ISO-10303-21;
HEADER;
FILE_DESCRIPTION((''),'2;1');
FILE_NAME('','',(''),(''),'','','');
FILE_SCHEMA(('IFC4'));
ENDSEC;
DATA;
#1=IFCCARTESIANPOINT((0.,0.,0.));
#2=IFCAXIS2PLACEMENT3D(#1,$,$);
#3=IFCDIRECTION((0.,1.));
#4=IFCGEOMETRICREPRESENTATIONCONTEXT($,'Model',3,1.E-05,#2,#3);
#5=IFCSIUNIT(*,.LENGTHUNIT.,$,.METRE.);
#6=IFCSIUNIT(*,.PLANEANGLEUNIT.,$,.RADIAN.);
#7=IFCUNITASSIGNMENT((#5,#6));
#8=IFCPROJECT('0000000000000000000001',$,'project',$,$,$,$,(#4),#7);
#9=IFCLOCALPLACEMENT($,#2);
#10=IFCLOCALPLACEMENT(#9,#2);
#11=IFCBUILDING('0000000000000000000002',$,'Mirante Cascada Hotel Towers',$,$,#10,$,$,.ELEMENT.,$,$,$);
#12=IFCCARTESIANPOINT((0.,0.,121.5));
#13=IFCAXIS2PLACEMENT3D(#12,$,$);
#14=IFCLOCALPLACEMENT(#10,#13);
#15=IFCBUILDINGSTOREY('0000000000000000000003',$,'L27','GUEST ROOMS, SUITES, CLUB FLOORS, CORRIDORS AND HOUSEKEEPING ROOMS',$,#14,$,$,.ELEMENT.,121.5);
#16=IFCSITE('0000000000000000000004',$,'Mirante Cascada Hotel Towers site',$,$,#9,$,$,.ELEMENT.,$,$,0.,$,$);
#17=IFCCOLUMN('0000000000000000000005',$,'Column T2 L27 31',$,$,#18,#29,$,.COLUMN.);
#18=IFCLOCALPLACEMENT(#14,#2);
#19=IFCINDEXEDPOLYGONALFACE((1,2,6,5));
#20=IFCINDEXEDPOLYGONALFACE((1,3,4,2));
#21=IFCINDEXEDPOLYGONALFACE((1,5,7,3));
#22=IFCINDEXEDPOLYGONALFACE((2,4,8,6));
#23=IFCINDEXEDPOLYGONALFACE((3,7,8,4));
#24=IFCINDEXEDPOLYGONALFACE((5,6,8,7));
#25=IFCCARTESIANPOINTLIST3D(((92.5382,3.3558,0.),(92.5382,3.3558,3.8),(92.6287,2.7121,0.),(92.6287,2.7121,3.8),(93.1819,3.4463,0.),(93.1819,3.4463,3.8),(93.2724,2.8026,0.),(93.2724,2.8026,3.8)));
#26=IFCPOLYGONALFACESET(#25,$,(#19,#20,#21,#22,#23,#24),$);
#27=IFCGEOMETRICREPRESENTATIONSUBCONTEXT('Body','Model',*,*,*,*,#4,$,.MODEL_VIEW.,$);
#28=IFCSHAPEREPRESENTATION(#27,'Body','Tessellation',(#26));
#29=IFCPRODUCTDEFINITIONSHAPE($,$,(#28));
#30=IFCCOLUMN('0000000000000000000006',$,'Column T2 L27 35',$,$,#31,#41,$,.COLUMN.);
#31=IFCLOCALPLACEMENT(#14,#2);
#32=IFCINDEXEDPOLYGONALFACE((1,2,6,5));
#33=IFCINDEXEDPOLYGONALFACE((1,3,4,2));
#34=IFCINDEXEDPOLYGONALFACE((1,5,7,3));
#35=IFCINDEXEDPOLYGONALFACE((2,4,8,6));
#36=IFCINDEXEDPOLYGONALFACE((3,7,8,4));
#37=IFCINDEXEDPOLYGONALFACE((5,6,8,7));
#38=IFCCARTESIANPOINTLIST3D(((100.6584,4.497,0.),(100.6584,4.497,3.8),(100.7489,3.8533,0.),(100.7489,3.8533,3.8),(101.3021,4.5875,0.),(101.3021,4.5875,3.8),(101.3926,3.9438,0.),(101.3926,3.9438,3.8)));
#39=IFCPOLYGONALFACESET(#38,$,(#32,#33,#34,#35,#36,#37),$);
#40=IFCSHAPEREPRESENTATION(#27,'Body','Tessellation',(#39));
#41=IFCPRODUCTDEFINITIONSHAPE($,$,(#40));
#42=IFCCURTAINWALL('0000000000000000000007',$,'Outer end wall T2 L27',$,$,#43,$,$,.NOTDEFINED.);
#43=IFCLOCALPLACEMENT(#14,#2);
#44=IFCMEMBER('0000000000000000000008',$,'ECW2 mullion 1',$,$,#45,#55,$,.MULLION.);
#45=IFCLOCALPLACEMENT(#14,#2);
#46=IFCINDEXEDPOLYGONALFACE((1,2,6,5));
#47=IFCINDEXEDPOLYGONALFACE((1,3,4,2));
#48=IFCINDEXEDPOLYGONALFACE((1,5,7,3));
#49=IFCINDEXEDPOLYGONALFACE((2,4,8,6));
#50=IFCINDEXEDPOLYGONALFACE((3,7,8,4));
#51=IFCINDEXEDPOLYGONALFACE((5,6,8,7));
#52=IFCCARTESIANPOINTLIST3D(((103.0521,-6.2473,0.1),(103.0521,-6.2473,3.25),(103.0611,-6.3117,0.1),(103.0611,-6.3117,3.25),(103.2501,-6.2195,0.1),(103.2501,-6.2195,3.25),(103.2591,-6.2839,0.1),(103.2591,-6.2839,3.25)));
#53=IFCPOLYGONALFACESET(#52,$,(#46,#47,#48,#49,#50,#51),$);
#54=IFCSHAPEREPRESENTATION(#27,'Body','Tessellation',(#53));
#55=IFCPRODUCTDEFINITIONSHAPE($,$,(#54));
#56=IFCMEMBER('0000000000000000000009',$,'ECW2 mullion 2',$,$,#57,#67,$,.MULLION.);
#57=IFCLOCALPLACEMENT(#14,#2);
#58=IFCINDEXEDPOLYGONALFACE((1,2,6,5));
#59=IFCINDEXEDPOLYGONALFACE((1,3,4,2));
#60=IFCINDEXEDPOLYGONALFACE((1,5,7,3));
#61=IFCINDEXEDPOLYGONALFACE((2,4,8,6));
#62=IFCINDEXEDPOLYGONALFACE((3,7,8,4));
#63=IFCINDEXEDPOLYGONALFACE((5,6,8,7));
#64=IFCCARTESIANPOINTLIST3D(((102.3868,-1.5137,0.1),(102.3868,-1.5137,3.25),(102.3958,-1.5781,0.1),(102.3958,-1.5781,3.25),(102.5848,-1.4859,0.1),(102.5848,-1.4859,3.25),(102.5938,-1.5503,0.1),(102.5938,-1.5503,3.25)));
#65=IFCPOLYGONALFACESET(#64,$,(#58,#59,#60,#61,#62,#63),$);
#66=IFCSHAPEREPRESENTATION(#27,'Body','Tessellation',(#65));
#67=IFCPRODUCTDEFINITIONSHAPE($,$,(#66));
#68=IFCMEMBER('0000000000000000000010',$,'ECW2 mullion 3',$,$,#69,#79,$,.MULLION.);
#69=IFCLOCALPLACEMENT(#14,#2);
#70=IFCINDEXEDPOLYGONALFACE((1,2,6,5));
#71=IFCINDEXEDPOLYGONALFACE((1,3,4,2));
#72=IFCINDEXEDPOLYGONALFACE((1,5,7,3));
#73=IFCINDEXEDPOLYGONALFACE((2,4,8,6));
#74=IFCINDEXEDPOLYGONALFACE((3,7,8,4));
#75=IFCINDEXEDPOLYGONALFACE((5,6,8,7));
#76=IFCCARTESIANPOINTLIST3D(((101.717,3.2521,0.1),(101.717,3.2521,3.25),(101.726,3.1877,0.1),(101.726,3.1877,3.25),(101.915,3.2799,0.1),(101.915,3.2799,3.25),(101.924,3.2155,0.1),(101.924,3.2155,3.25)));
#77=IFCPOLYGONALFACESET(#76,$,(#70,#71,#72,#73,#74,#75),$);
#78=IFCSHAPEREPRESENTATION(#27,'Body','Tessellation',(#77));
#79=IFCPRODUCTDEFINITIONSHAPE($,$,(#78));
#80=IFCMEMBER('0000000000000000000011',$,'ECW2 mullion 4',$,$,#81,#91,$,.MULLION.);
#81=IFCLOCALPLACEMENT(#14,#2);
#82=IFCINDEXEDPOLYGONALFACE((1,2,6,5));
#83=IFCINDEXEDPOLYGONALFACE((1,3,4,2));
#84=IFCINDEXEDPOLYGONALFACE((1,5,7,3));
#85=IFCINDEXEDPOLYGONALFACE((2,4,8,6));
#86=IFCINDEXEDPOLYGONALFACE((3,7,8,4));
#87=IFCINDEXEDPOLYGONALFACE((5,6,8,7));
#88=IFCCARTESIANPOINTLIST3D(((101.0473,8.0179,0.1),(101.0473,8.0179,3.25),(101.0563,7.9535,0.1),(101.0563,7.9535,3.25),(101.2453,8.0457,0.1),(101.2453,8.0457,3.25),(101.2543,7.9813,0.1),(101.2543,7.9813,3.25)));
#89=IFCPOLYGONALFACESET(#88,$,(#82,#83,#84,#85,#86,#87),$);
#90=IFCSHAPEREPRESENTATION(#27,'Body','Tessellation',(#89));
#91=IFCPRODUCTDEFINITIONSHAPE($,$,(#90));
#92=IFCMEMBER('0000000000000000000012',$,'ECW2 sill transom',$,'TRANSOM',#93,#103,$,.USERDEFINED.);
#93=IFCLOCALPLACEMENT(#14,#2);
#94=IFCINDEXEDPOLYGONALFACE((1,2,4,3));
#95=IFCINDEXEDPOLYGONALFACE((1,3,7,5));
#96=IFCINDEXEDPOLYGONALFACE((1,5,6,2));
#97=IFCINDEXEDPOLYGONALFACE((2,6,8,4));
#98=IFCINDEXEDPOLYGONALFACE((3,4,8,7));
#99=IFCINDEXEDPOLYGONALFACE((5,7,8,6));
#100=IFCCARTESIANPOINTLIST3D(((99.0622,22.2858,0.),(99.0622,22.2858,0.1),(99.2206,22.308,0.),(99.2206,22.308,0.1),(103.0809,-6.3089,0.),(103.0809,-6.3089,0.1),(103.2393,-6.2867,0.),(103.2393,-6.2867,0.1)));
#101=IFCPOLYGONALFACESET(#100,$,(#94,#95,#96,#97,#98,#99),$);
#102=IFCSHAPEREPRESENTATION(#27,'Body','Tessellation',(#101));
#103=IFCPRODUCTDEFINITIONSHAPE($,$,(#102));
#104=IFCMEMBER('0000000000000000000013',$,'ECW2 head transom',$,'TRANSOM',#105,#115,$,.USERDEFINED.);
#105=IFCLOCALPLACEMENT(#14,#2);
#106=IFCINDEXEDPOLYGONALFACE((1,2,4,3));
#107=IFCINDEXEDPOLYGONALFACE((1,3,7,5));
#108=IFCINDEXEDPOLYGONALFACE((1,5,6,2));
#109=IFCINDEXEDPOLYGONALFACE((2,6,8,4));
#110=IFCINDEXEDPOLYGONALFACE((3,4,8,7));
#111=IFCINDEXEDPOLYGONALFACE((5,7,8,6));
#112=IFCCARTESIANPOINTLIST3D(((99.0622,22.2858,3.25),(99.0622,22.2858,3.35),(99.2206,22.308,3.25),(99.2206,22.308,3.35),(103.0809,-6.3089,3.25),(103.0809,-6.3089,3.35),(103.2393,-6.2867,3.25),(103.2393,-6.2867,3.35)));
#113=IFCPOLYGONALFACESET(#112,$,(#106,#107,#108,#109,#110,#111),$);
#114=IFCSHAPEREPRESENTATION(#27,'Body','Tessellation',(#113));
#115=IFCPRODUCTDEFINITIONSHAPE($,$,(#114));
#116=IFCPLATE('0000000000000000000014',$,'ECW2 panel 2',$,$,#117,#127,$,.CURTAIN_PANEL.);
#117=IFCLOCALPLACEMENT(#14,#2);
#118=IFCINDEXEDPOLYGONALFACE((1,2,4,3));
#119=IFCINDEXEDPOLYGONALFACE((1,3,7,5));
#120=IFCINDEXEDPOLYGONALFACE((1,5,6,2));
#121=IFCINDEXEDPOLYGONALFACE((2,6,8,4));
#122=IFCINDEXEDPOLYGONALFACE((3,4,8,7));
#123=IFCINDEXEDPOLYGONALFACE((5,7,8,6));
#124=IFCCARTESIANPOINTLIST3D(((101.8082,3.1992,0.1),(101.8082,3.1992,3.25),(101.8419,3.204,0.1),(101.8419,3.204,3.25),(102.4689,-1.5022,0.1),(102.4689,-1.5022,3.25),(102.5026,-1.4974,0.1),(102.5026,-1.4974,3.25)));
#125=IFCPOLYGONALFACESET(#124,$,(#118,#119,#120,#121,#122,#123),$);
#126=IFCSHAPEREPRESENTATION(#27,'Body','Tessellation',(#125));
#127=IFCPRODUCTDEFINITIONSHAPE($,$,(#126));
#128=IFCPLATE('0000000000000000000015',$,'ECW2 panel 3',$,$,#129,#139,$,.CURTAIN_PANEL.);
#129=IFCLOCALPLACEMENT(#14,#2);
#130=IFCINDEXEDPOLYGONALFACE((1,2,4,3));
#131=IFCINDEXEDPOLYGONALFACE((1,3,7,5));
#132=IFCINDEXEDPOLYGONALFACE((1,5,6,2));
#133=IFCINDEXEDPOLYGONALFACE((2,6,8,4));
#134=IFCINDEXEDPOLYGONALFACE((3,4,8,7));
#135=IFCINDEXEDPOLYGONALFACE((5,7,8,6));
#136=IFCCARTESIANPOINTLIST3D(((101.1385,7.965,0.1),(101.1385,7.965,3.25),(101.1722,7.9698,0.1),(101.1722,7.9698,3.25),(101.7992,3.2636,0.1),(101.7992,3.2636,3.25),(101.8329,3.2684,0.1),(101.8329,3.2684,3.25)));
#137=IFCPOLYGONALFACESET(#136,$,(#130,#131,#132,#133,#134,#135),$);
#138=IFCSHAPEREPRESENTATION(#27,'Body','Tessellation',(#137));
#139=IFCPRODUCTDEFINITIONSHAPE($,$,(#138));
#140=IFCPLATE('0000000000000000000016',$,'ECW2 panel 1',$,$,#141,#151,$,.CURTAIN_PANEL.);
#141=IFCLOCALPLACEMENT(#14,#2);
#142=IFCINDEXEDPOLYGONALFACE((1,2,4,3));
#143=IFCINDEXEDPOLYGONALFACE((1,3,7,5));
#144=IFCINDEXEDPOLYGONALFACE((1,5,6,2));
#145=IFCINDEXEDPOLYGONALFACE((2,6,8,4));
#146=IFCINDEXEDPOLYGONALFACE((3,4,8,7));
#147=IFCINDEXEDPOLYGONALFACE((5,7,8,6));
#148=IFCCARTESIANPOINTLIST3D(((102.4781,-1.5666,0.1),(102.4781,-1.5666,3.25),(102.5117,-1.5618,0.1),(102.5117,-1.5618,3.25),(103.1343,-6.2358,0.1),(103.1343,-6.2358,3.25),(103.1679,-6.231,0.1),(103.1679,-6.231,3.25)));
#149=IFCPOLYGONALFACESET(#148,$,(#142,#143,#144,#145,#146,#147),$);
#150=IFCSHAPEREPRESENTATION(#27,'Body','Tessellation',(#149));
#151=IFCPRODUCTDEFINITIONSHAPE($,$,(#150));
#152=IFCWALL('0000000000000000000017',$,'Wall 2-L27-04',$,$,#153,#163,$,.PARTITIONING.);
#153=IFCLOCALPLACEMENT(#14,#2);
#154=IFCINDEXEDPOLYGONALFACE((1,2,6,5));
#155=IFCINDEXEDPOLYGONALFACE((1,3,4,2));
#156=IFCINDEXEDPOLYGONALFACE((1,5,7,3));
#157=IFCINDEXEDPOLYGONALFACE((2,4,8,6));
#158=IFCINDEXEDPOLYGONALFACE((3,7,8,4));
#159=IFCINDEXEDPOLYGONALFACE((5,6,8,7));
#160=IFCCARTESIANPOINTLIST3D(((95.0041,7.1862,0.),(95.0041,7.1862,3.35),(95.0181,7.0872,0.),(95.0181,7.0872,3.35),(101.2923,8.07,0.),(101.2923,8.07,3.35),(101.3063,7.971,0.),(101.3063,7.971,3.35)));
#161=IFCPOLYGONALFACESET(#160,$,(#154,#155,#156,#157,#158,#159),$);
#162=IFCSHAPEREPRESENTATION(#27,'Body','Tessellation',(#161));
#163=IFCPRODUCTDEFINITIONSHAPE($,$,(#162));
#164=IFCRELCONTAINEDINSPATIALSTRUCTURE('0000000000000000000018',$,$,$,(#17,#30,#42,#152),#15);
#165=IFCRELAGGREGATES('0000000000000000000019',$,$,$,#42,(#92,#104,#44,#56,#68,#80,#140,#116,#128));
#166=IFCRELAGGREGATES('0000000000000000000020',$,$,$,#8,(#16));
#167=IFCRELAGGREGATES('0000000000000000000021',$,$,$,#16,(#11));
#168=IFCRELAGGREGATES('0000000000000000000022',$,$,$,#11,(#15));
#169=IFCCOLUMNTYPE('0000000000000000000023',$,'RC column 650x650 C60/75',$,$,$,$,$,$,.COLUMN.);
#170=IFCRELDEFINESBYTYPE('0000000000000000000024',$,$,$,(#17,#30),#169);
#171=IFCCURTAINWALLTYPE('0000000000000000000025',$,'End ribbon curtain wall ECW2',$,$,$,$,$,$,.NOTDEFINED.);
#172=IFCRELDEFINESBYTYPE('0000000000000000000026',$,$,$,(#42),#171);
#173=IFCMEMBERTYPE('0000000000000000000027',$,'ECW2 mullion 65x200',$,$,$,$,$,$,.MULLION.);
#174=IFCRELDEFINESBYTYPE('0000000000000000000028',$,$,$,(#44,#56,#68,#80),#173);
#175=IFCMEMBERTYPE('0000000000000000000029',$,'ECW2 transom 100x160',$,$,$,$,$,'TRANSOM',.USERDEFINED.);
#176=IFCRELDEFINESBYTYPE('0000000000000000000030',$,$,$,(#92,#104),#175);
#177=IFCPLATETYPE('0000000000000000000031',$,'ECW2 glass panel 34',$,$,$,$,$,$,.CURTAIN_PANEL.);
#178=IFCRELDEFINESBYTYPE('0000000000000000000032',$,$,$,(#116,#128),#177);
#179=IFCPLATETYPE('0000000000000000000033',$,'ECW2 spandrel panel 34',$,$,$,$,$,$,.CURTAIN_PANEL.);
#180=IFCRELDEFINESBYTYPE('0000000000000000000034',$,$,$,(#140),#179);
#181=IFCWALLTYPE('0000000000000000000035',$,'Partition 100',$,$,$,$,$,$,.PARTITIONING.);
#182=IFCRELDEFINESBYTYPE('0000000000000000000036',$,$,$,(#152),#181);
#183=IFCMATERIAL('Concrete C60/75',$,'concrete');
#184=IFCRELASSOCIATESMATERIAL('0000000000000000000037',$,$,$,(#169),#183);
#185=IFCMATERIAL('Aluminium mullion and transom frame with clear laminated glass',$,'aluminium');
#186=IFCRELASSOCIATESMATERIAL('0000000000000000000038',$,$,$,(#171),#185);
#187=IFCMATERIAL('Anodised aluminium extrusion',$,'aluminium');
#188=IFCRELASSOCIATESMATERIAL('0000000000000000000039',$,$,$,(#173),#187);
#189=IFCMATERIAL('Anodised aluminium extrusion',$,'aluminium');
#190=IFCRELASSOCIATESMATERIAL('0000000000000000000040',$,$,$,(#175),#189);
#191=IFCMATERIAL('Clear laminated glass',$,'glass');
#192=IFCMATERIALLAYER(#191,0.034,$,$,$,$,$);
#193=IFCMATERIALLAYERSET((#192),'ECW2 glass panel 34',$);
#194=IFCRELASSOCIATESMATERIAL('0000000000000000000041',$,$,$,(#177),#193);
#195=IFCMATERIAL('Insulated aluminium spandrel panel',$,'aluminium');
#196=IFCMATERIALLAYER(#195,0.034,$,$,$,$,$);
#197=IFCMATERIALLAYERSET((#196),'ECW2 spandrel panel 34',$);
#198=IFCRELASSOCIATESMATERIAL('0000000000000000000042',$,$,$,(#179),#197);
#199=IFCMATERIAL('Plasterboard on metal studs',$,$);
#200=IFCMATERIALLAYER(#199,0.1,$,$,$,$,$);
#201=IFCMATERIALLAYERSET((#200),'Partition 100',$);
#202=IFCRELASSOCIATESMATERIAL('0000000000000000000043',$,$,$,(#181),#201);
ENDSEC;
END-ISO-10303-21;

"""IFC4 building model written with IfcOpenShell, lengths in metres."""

from ifc_helpers import new_model, si_unit, direction, frame, frame_2d, origin, origin_2d, place, context, subcontext, project, spatial, rectangle, extrude, material, layer, layer_set, material_profile, profile_set, type_object, element, aggregate, save


model = new_model("IFC4")

# Units and contexts
model_context = context("Model", 3, precision=1e-05, world=origin(), true_north=direction((0.0, 1.0)))
body_context = subcontext(model_context, "Body", "Model", "MODEL_VIEW")
ifc_project = project(units=[si_unit("LENGTHUNIT", "METRE"), si_unit("PLANEANGLEUNIT", "RADIAN")], contexts=[model_context])

# Site, building, storey
site_placement = place(None, origin())
site = spatial("IfcSite", under=ifc_project, at=site_placement, Name="Mirante Cascada Hotel Towers site", CompositionType="ELEMENT", RefElevation=0.0)
building_placement = place(site_placement, origin())
building = spatial("IfcBuilding", under=site, at=building_placement, Name="Mirante Cascada Hotel Towers", CompositionType="ELEMENT")
storey_placement = place(building_placement, frame((0.0, 0.0, 121.5)))
storey = spatial("IfcBuildingStorey", under=building, at=storey_placement, Name="L27", Description="GUEST ROOMS, SUITES, CLUB FLOORS, CORRIDORS AND HOUSEKEEPING ROOMS", CompositionType="ELEMENT", Elevation=121.5)

# Columns
ifc_material_1 = material(Name="Concrete C60/75", Category="concrete")
ifc_material_profile_1 = material_profile(ifc_material_1, rectangle(XDim=0.65, YDim=0.65, at=origin_2d()), Name="RC column 650x650 C60/75")
ifc_profile_set_1 = profile_set([ifc_material_profile_1], Name="Concrete C60/75")
column_type = type_object("IfcColumnType", Name="RC column 650x650 C60/75", PredefinedType="COLUMN", material=ifc_profile_set_1)
for number, where, z_axis, x_axis, name in (
    (1, (92.9053, 3.0792, 0.0), (0.0, 0.0, 1.0), (0.990268, 0.139173, 0.0), "Column T2 L27 31"),
    (2, (101.0255, 4.2204, 0.0), (0.0, 0.0, 1.0), (0.990268, 0.139173, 0.0), "Column T2 L27 35"),
):
    element("IfcColumn", number, at=place(storey_placement, frame(where, z_axis=z_axis, x_axis=x_axis)), inside=storey, type_object=column_type, Name=name, PredefinedType="COLUMN", context=body_context, shape_type="SweptSolid", body=[
        extrude(rectangle(XDim=0.65, YDim=0.65, at=origin_2d()), origin(), (0.0, 0.0, 1.0), 3.8),
    ])

# Curtain wall, members, plates
ifc_material_2 = material(Name="Aluminium mullion and transom frame with clear laminated glass", Category="aluminium")
curtain_wall_type = type_object("IfcCurtainWallType", Name="End ribbon curtain wall ECW2", PredefinedType="NOTDEFINED", material=ifc_material_2)
curtain_wall_placement = place(storey_placement, origin())
curtain_wall = element("IfcCurtainWall", 3, at=curtain_wall_placement, inside=storey, type_object=curtain_wall_type, Name="Outer end wall T2 L27", PredefinedType="NOTDEFINED")
ifc_material_3 = material(Name="Anodised aluminium extrusion", Category="aluminium")
ifc_material_profile_2 = material_profile(ifc_material_3, rectangle(XDim=0.2, YDim=0.065, at=origin_2d()), Name="ECW2 MULLION 65x200")
ifc_profile_set_2 = profile_set([ifc_material_profile_2], Name="Anodised aluminium extrusion")
member_type_1 = type_object("IfcMemberType", Name="ECW2 mullion 65x200", PredefinedType="MULLION", material=ifc_profile_set_2)
member_1_placement = place(storey_placement, frame((103.1556, -6.2656, 0.1), z_axis=(0.0, 0.0, 1.0), x_axis=(-0.990268, -0.139173, 0.0)))
member_1 = element("IfcMember", 4, at=member_1_placement, type_object=member_type_1, Name="ECW2 mullion 1", PredefinedType="MULLION", context=body_context, shape_type="SweptSolid", body=[
    extrude(rectangle(XDim=0.2, YDim=0.065, at=origin_2d()), origin(), (0.0, 0.0, 1.0), 3.15),
])
member_2_placement = place(storey_placement, frame((102.4903, -1.532, 0.1), z_axis=(0.0, 0.0, 1.0), x_axis=(-0.990268, -0.139173, 0.0)))
member_2 = element("IfcMember", 5, at=member_2_placement, type_object=member_type_1, Name="ECW2 mullion 2", PredefinedType="MULLION", context=body_context, shape_type="SweptSolid", body=[
    extrude(rectangle(XDim=0.2, YDim=0.065, at=origin_2d()), origin(), (0.0, 0.0, 1.0), 3.15),
])
member_3_placement = place(storey_placement, frame((101.8205, 3.2338, 0.1), z_axis=(0.0, 0.0, 1.0), x_axis=(-0.990268, -0.139173, 0.0)))
member_3 = element("IfcMember", 6, at=member_3_placement, type_object=member_type_1, Name="ECW2 mullion 3", PredefinedType="MULLION", context=body_context, shape_type="SweptSolid", body=[
    extrude(rectangle(XDim=0.2, YDim=0.065, at=origin_2d()), origin(), (0.0, 0.0, 1.0), 3.15),
])
member_4_placement = place(storey_placement, frame((101.1508, 7.9996, 0.1), z_axis=(0.0, 0.0, 1.0), x_axis=(-0.990268, -0.139173, 0.0)))
member_4 = element("IfcMember", 7, at=member_4_placement, type_object=member_type_1, Name="ECW2 mullion 4", PredefinedType="MULLION", context=body_context, shape_type="SweptSolid", body=[
    extrude(rectangle(XDim=0.2, YDim=0.065, at=origin_2d()), origin(), (0.0, 0.0, 1.0), 3.15),
])
ifc_material_4 = material(Name="Anodised aluminium extrusion", Category="aluminium")
ifc_material_profile_3 = material_profile(ifc_material_4, rectangle(XDim=0.16, YDim=0.1, at=origin_2d()), Name="ECW2 TRANSOM 100x160")
ifc_profile_set_3 = profile_set([ifc_material_profile_3], Name="Anodised aluminium extrusion")
member_type_2 = type_object("IfcMemberType", Name="ECW2 transom 100x160", ElementType="TRANSOM", PredefinedType="USERDEFINED", material=ifc_profile_set_3)
member_5_placement = place(storey_placement, frame((103.1601, -6.2978, 0.05), z_axis=(-0.139172, 0.990268, 0.0), x_axis=(-0.990268, -0.139172, 0.0)))
member_5 = element("IfcMember", 8, at=member_5_placement, type_object=member_type_2, Name="ECW2 sill transom", ObjectType="TRANSOM", PredefinedType="USERDEFINED", context=body_context, shape_type="SweptSolid", body=[
    extrude(rectangle(XDim=0.16, YDim=0.1, at=origin_2d()), origin(), (0.0, 0.0, 1.0), 28.8757),
])
member_6_placement = place(storey_placement, frame((103.1601, -6.2978, 3.3), z_axis=(-0.139172, 0.990268, 0.0), x_axis=(-0.990268, -0.139172, 0.0)))
member_6 = element("IfcMember", 9, at=member_6_placement, type_object=member_type_2, Name="ECW2 head transom", ObjectType="TRANSOM", PredefinedType="USERDEFINED", context=body_context, shape_type="SweptSolid", body=[
    extrude(rectangle(XDim=0.16, YDim=0.1, at=origin_2d()), origin(), (0.0, 0.0, 1.0), 28.8757),
])
ifc_material_5 = material(Name="Clear laminated glass", Category="glass")
ifc_layer_1 = layer(ifc_material_5, 0.034)
ifc_layer_set_1 = layer_set([ifc_layer_1], Name="ECW2 glass panel 34")
plate_type_1 = type_object("IfcPlateType", Name="ECW2 glass panel 34", PredefinedType="CURTAIN_PANEL", material=ifc_layer_set_1)
plate_1_placement = place(storey_placement, frame((102.1554, 0.8509, 0.1), z_axis=(0.0, 0.0, 1.0), x_axis=(-0.139173, 0.990268, 0.0)))
plate_1 = element("IfcPlate", 10, at=plate_1_placement, type_object=plate_type_1, Name="ECW2 panel 2", PredefinedType="CURTAIN_PANEL", context=body_context, shape_type="SweptSolid", body=[
    extrude(rectangle(XDim=4.7476, YDim=0.034, at=origin_2d()), origin(), (0.0, 0.0, 1.0), 3.15),
])
plate_2_placement = place(storey_placement, frame((101.4857, 5.6167, 0.1), z_axis=(0.0, 0.0, 1.0), x_axis=(-0.139173, 0.990268, 0.0)))
plate_2 = element("IfcPlate", 11, at=plate_2_placement, type_object=plate_type_1, Name="ECW2 panel 3", PredefinedType="CURTAIN_PANEL", context=body_context, shape_type="SweptSolid", body=[
    extrude(rectangle(XDim=4.7476, YDim=0.034, at=origin_2d()), origin(), (0.0, 0.0, 1.0), 3.15),
])
ifc_material_6 = material(Name="Insulated aluminium spandrel panel", Category="aluminium")
ifc_layer_2 = layer(ifc_material_6, 0.034)
ifc_layer_set_2 = layer_set([ifc_layer_2], Name="ECW2 spandrel panel 34")
plate_type_2 = type_object("IfcPlateType", Name="ECW2 spandrel panel 34", PredefinedType="CURTAIN_PANEL", material=ifc_layer_set_2)
plate_3_placement = place(storey_placement, frame((102.823, -3.8988, 0.1), z_axis=(0.0, 0.0, 1.0), x_axis=(-0.139173, 0.990268, 0.0)))
plate_3 = element("IfcPlate", 12, at=plate_3_placement, type_object=plate_type_2, Name="ECW2 panel 1", PredefinedType="CURTAIN_PANEL", context=body_context, shape_type="SweptSolid", body=[
    extrude(rectangle(XDim=4.7151, YDim=0.034, at=origin_2d()), origin(), (0.0, 0.0, 1.0), 3.15),
])
aggregate(curtain_wall, [member_5, member_6, member_1, member_2, member_3, member_4, plate_3, plate_1, plate_2])

# Wall
ifc_material_7 = material(Name="Plasterboard on metal studs")
ifc_layer_3 = layer(ifc_material_7, 0.1)
ifc_layer_set_3 = layer_set([ifc_layer_3], Name="Partition 100")
wall_type = type_object("IfcWallType", Name="Partition 100", PredefinedType="PARTITIONING", material=ifc_layer_set_3)
wall_1_placement = place(storey_placement, frame((95.0111, 7.1367, 0.0), z_axis=(0.0, 0.0, 1.0), x_axis=(0.990267, 0.139181, 0.0)))
element("IfcWall", 13, at=wall_1_placement, inside=storey, type_object=wall_type, Name="Wall 2-L27-04", PredefinedType="PARTITIONING", context=body_context, shape_type="SweptSolid", body=[
    extrude(rectangle(XDim=6.35, YDim=0.1, at=frame_2d((3.175, 0.0))), origin(), (0.0, 0.0, 1.0), 3.35),
])

save(model, "model.ifc")
